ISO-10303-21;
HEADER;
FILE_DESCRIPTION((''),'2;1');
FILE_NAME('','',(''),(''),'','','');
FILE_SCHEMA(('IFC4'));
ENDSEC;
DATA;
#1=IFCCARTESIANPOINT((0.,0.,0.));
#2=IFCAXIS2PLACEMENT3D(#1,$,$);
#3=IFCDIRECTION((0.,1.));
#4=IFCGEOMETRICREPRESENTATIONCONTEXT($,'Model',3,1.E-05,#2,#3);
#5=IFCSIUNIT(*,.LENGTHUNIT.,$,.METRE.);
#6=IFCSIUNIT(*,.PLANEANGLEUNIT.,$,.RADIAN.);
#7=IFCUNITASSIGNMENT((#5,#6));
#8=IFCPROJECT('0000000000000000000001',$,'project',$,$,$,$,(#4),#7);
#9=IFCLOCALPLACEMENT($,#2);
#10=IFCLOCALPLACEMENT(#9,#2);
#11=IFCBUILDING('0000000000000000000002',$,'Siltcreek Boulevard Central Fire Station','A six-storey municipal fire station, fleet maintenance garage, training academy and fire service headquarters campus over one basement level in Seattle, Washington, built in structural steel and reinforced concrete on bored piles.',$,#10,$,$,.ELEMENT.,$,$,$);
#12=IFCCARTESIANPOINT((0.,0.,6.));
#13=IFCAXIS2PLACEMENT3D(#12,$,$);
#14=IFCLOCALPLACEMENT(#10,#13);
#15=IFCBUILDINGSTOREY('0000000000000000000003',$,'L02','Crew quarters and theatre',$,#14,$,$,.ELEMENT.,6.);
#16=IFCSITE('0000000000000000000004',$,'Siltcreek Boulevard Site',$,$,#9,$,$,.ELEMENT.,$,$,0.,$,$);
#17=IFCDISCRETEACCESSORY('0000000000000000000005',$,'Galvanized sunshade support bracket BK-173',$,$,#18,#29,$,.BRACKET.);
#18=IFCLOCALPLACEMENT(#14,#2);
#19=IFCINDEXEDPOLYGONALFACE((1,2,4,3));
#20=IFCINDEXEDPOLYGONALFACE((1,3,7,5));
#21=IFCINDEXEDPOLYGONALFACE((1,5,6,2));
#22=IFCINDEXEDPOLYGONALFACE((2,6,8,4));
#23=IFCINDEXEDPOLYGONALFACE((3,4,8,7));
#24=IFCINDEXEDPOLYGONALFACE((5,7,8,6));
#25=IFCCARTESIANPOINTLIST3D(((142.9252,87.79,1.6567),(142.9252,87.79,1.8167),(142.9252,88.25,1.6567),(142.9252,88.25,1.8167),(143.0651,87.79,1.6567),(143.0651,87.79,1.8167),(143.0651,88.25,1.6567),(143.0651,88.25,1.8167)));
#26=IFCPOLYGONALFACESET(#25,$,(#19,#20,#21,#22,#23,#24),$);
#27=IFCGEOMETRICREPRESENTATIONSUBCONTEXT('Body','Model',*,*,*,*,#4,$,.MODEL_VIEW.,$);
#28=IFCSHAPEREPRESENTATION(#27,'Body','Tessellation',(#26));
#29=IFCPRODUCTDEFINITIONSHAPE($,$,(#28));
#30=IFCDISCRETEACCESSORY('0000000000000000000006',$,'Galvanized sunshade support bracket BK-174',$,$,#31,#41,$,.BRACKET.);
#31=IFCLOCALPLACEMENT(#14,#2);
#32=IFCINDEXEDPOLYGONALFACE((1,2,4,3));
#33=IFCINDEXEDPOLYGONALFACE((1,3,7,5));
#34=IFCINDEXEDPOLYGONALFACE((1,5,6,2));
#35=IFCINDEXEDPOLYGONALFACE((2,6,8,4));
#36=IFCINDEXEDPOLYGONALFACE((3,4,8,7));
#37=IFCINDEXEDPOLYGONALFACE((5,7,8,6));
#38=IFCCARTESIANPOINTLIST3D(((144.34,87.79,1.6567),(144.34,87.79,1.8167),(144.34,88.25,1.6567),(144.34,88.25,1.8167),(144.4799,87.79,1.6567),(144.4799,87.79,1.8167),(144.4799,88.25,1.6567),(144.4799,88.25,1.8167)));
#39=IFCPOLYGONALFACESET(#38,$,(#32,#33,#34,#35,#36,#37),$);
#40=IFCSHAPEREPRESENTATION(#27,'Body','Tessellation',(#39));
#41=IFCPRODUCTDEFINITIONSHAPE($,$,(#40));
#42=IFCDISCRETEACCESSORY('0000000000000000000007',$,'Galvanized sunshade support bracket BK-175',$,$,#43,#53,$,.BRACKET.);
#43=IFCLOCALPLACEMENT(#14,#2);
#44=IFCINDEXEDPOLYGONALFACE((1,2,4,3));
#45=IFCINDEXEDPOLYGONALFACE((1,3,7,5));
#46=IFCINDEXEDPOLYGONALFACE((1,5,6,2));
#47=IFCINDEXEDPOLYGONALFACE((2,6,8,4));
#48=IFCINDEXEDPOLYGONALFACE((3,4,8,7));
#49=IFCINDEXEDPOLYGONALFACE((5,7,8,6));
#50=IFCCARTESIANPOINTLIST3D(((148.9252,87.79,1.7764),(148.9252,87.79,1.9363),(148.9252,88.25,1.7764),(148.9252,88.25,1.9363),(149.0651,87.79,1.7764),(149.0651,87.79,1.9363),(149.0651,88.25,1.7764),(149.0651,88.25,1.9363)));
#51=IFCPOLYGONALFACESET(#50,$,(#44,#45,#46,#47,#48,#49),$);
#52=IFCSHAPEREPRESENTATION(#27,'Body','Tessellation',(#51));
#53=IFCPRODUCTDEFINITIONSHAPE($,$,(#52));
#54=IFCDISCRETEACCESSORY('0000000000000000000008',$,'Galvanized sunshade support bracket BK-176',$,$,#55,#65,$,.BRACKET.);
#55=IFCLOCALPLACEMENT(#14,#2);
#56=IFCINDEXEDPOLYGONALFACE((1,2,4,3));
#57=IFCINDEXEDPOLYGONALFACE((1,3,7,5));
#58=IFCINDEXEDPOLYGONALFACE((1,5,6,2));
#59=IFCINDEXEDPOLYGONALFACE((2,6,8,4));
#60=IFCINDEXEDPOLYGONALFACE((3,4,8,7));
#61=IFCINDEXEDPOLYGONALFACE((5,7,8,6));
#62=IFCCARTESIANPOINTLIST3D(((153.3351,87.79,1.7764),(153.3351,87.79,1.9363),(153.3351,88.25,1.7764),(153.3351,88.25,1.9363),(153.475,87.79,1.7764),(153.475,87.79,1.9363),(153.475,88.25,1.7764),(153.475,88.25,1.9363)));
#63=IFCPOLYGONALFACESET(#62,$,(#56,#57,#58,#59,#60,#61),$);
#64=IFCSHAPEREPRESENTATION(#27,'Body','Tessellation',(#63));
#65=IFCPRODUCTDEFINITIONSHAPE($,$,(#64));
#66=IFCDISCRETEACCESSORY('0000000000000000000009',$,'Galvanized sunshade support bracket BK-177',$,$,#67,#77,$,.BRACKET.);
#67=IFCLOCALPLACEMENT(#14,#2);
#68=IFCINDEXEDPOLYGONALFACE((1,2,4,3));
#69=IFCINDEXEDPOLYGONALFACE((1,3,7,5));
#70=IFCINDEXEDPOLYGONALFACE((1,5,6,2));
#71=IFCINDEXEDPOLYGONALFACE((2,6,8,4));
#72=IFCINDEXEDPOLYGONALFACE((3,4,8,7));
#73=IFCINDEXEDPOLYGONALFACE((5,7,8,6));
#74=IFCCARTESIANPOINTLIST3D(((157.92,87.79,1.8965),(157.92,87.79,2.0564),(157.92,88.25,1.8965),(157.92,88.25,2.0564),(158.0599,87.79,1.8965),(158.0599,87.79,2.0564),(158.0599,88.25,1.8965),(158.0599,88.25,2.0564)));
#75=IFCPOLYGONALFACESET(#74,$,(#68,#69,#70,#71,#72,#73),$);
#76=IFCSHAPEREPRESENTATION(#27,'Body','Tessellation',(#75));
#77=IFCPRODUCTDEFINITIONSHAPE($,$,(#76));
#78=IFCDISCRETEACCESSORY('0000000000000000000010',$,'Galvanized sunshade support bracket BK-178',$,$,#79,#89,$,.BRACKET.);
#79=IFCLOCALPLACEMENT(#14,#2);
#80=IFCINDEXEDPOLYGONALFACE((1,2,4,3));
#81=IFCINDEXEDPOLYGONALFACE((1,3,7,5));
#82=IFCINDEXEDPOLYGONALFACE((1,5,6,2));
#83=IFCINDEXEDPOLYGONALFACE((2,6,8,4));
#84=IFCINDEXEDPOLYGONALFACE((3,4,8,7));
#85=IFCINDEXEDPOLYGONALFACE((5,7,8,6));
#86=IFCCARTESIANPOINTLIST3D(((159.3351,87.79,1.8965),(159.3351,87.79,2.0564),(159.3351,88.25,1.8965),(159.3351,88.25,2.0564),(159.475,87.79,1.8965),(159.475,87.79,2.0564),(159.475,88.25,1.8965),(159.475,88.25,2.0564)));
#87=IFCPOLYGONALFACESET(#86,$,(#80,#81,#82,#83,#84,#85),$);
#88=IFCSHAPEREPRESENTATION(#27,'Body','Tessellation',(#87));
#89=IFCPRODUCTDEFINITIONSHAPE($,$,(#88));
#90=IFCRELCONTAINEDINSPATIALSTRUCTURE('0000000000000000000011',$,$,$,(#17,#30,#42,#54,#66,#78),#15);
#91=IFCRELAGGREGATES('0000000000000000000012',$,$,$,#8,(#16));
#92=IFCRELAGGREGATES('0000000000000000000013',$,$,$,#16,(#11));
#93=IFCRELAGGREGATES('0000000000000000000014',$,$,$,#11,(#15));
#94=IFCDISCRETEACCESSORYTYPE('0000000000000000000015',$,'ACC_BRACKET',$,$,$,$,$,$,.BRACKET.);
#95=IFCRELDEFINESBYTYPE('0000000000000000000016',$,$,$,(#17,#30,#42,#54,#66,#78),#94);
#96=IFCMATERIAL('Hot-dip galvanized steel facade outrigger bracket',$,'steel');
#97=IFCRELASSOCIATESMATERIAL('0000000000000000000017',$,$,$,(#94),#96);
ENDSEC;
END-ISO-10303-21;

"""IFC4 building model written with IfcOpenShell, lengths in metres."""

from ifc_helpers import new_model, si_unit, direction, frame, origin, origin_2d, place, context, subcontext, project, spatial, rectangle, extrude, material, type_object, element, save


model = new_model("IFC4")

# Units and contexts
model_context = context("Model", 3, precision=1e-05, world=origin(), true_north=direction((0.0, 1.0)))
body_context = subcontext(model_context, "Body", "Model", "MODEL_VIEW")
ifc_project = project(units=[si_unit("LENGTHUNIT", "METRE"), si_unit("PLANEANGLEUNIT", "RADIAN")], contexts=[model_context])

# Site, building, storey
site_placement = place(None, origin())
site = spatial("IfcSite", under=ifc_project, at=site_placement, Name="Siltcreek Boulevard Site", CompositionType="ELEMENT", RefElevation=0.0)
building_placement = place(site_placement, origin())
building = spatial("IfcBuilding", under=site, at=building_placement, Name="Siltcreek Boulevard Central Fire Station", Description="A six-storey municipal fire station, fleet maintenance garage, training academy and fire service headquarters campus over one basement level in Seattle, Washington, built in structural steel and reinforced concrete on bored piles.", CompositionType="ELEMENT")
storey_placement = place(building_placement, frame((0.0, 0.0, 6.0)))
storey = spatial("IfcBuildingStorey", under=building, at=storey_placement, Name="L02", Description="Crew quarters and theatre", CompositionType="ELEMENT", Elevation=6.0)

# Discrete accessories
ifc_material_1 = material(Name="Hot-dip galvanized steel facade outrigger bracket", Category="steel")
discrete_accessory_type = type_object("IfcDiscreteAccessoryType", Name="ACC_BRACKET", PredefinedType="BRACKET", material=ifc_material_1)
for number, where, z_axis, x_axis, name in (
    (1, (142.9951, 88.02, 1.6567), (0.0, 0.0, 1.0), (1.0, 0.0, 0.0), "Galvanized sunshade support bracket BK-173"),
    (2, (144.4099, 88.02, 1.6567), (0.0, 0.0, 1.0), (1.0, 0.0, 0.0), "Galvanized sunshade support bracket BK-174"),
    (3, (148.9951, 88.02, 1.7764), (0.0, 0.0, 1.0), (1.0, 0.0, 0.0), "Galvanized sunshade support bracket BK-175"),
    (4, (153.405, 88.02, 1.7764), (0.0, 0.0, 1.0), (1.0, 0.0, 0.0), "Galvanized sunshade support bracket BK-176"),
    (5, (157.99, 88.02, 1.8965), (0.0, 0.0, 1.0), (1.0, 0.0, 0.0), "Galvanized sunshade support bracket BK-177"),
    (6, (159.405, 88.02, 1.8965), (0.0, 0.0, 1.0), (1.0, 0.0, 0.0), "Galvanized sunshade support bracket BK-178"),
):
    element("IfcDiscreteAccessory", number, at=place(storey_placement, frame(where, z_axis=z_axis, x_axis=x_axis)), inside=storey, type_object=discrete_accessory_type, Name=name, PredefinedType="BRACKET", context=body_context, shape_type="SweptSolid", body=[
        extrude(rectangle(XDim=0.1399, YDim=0.46, at=origin_2d()), origin(), (0.0, 0.0, 1.0), 0.1599),
    ])

save(model, "model.ifc")
